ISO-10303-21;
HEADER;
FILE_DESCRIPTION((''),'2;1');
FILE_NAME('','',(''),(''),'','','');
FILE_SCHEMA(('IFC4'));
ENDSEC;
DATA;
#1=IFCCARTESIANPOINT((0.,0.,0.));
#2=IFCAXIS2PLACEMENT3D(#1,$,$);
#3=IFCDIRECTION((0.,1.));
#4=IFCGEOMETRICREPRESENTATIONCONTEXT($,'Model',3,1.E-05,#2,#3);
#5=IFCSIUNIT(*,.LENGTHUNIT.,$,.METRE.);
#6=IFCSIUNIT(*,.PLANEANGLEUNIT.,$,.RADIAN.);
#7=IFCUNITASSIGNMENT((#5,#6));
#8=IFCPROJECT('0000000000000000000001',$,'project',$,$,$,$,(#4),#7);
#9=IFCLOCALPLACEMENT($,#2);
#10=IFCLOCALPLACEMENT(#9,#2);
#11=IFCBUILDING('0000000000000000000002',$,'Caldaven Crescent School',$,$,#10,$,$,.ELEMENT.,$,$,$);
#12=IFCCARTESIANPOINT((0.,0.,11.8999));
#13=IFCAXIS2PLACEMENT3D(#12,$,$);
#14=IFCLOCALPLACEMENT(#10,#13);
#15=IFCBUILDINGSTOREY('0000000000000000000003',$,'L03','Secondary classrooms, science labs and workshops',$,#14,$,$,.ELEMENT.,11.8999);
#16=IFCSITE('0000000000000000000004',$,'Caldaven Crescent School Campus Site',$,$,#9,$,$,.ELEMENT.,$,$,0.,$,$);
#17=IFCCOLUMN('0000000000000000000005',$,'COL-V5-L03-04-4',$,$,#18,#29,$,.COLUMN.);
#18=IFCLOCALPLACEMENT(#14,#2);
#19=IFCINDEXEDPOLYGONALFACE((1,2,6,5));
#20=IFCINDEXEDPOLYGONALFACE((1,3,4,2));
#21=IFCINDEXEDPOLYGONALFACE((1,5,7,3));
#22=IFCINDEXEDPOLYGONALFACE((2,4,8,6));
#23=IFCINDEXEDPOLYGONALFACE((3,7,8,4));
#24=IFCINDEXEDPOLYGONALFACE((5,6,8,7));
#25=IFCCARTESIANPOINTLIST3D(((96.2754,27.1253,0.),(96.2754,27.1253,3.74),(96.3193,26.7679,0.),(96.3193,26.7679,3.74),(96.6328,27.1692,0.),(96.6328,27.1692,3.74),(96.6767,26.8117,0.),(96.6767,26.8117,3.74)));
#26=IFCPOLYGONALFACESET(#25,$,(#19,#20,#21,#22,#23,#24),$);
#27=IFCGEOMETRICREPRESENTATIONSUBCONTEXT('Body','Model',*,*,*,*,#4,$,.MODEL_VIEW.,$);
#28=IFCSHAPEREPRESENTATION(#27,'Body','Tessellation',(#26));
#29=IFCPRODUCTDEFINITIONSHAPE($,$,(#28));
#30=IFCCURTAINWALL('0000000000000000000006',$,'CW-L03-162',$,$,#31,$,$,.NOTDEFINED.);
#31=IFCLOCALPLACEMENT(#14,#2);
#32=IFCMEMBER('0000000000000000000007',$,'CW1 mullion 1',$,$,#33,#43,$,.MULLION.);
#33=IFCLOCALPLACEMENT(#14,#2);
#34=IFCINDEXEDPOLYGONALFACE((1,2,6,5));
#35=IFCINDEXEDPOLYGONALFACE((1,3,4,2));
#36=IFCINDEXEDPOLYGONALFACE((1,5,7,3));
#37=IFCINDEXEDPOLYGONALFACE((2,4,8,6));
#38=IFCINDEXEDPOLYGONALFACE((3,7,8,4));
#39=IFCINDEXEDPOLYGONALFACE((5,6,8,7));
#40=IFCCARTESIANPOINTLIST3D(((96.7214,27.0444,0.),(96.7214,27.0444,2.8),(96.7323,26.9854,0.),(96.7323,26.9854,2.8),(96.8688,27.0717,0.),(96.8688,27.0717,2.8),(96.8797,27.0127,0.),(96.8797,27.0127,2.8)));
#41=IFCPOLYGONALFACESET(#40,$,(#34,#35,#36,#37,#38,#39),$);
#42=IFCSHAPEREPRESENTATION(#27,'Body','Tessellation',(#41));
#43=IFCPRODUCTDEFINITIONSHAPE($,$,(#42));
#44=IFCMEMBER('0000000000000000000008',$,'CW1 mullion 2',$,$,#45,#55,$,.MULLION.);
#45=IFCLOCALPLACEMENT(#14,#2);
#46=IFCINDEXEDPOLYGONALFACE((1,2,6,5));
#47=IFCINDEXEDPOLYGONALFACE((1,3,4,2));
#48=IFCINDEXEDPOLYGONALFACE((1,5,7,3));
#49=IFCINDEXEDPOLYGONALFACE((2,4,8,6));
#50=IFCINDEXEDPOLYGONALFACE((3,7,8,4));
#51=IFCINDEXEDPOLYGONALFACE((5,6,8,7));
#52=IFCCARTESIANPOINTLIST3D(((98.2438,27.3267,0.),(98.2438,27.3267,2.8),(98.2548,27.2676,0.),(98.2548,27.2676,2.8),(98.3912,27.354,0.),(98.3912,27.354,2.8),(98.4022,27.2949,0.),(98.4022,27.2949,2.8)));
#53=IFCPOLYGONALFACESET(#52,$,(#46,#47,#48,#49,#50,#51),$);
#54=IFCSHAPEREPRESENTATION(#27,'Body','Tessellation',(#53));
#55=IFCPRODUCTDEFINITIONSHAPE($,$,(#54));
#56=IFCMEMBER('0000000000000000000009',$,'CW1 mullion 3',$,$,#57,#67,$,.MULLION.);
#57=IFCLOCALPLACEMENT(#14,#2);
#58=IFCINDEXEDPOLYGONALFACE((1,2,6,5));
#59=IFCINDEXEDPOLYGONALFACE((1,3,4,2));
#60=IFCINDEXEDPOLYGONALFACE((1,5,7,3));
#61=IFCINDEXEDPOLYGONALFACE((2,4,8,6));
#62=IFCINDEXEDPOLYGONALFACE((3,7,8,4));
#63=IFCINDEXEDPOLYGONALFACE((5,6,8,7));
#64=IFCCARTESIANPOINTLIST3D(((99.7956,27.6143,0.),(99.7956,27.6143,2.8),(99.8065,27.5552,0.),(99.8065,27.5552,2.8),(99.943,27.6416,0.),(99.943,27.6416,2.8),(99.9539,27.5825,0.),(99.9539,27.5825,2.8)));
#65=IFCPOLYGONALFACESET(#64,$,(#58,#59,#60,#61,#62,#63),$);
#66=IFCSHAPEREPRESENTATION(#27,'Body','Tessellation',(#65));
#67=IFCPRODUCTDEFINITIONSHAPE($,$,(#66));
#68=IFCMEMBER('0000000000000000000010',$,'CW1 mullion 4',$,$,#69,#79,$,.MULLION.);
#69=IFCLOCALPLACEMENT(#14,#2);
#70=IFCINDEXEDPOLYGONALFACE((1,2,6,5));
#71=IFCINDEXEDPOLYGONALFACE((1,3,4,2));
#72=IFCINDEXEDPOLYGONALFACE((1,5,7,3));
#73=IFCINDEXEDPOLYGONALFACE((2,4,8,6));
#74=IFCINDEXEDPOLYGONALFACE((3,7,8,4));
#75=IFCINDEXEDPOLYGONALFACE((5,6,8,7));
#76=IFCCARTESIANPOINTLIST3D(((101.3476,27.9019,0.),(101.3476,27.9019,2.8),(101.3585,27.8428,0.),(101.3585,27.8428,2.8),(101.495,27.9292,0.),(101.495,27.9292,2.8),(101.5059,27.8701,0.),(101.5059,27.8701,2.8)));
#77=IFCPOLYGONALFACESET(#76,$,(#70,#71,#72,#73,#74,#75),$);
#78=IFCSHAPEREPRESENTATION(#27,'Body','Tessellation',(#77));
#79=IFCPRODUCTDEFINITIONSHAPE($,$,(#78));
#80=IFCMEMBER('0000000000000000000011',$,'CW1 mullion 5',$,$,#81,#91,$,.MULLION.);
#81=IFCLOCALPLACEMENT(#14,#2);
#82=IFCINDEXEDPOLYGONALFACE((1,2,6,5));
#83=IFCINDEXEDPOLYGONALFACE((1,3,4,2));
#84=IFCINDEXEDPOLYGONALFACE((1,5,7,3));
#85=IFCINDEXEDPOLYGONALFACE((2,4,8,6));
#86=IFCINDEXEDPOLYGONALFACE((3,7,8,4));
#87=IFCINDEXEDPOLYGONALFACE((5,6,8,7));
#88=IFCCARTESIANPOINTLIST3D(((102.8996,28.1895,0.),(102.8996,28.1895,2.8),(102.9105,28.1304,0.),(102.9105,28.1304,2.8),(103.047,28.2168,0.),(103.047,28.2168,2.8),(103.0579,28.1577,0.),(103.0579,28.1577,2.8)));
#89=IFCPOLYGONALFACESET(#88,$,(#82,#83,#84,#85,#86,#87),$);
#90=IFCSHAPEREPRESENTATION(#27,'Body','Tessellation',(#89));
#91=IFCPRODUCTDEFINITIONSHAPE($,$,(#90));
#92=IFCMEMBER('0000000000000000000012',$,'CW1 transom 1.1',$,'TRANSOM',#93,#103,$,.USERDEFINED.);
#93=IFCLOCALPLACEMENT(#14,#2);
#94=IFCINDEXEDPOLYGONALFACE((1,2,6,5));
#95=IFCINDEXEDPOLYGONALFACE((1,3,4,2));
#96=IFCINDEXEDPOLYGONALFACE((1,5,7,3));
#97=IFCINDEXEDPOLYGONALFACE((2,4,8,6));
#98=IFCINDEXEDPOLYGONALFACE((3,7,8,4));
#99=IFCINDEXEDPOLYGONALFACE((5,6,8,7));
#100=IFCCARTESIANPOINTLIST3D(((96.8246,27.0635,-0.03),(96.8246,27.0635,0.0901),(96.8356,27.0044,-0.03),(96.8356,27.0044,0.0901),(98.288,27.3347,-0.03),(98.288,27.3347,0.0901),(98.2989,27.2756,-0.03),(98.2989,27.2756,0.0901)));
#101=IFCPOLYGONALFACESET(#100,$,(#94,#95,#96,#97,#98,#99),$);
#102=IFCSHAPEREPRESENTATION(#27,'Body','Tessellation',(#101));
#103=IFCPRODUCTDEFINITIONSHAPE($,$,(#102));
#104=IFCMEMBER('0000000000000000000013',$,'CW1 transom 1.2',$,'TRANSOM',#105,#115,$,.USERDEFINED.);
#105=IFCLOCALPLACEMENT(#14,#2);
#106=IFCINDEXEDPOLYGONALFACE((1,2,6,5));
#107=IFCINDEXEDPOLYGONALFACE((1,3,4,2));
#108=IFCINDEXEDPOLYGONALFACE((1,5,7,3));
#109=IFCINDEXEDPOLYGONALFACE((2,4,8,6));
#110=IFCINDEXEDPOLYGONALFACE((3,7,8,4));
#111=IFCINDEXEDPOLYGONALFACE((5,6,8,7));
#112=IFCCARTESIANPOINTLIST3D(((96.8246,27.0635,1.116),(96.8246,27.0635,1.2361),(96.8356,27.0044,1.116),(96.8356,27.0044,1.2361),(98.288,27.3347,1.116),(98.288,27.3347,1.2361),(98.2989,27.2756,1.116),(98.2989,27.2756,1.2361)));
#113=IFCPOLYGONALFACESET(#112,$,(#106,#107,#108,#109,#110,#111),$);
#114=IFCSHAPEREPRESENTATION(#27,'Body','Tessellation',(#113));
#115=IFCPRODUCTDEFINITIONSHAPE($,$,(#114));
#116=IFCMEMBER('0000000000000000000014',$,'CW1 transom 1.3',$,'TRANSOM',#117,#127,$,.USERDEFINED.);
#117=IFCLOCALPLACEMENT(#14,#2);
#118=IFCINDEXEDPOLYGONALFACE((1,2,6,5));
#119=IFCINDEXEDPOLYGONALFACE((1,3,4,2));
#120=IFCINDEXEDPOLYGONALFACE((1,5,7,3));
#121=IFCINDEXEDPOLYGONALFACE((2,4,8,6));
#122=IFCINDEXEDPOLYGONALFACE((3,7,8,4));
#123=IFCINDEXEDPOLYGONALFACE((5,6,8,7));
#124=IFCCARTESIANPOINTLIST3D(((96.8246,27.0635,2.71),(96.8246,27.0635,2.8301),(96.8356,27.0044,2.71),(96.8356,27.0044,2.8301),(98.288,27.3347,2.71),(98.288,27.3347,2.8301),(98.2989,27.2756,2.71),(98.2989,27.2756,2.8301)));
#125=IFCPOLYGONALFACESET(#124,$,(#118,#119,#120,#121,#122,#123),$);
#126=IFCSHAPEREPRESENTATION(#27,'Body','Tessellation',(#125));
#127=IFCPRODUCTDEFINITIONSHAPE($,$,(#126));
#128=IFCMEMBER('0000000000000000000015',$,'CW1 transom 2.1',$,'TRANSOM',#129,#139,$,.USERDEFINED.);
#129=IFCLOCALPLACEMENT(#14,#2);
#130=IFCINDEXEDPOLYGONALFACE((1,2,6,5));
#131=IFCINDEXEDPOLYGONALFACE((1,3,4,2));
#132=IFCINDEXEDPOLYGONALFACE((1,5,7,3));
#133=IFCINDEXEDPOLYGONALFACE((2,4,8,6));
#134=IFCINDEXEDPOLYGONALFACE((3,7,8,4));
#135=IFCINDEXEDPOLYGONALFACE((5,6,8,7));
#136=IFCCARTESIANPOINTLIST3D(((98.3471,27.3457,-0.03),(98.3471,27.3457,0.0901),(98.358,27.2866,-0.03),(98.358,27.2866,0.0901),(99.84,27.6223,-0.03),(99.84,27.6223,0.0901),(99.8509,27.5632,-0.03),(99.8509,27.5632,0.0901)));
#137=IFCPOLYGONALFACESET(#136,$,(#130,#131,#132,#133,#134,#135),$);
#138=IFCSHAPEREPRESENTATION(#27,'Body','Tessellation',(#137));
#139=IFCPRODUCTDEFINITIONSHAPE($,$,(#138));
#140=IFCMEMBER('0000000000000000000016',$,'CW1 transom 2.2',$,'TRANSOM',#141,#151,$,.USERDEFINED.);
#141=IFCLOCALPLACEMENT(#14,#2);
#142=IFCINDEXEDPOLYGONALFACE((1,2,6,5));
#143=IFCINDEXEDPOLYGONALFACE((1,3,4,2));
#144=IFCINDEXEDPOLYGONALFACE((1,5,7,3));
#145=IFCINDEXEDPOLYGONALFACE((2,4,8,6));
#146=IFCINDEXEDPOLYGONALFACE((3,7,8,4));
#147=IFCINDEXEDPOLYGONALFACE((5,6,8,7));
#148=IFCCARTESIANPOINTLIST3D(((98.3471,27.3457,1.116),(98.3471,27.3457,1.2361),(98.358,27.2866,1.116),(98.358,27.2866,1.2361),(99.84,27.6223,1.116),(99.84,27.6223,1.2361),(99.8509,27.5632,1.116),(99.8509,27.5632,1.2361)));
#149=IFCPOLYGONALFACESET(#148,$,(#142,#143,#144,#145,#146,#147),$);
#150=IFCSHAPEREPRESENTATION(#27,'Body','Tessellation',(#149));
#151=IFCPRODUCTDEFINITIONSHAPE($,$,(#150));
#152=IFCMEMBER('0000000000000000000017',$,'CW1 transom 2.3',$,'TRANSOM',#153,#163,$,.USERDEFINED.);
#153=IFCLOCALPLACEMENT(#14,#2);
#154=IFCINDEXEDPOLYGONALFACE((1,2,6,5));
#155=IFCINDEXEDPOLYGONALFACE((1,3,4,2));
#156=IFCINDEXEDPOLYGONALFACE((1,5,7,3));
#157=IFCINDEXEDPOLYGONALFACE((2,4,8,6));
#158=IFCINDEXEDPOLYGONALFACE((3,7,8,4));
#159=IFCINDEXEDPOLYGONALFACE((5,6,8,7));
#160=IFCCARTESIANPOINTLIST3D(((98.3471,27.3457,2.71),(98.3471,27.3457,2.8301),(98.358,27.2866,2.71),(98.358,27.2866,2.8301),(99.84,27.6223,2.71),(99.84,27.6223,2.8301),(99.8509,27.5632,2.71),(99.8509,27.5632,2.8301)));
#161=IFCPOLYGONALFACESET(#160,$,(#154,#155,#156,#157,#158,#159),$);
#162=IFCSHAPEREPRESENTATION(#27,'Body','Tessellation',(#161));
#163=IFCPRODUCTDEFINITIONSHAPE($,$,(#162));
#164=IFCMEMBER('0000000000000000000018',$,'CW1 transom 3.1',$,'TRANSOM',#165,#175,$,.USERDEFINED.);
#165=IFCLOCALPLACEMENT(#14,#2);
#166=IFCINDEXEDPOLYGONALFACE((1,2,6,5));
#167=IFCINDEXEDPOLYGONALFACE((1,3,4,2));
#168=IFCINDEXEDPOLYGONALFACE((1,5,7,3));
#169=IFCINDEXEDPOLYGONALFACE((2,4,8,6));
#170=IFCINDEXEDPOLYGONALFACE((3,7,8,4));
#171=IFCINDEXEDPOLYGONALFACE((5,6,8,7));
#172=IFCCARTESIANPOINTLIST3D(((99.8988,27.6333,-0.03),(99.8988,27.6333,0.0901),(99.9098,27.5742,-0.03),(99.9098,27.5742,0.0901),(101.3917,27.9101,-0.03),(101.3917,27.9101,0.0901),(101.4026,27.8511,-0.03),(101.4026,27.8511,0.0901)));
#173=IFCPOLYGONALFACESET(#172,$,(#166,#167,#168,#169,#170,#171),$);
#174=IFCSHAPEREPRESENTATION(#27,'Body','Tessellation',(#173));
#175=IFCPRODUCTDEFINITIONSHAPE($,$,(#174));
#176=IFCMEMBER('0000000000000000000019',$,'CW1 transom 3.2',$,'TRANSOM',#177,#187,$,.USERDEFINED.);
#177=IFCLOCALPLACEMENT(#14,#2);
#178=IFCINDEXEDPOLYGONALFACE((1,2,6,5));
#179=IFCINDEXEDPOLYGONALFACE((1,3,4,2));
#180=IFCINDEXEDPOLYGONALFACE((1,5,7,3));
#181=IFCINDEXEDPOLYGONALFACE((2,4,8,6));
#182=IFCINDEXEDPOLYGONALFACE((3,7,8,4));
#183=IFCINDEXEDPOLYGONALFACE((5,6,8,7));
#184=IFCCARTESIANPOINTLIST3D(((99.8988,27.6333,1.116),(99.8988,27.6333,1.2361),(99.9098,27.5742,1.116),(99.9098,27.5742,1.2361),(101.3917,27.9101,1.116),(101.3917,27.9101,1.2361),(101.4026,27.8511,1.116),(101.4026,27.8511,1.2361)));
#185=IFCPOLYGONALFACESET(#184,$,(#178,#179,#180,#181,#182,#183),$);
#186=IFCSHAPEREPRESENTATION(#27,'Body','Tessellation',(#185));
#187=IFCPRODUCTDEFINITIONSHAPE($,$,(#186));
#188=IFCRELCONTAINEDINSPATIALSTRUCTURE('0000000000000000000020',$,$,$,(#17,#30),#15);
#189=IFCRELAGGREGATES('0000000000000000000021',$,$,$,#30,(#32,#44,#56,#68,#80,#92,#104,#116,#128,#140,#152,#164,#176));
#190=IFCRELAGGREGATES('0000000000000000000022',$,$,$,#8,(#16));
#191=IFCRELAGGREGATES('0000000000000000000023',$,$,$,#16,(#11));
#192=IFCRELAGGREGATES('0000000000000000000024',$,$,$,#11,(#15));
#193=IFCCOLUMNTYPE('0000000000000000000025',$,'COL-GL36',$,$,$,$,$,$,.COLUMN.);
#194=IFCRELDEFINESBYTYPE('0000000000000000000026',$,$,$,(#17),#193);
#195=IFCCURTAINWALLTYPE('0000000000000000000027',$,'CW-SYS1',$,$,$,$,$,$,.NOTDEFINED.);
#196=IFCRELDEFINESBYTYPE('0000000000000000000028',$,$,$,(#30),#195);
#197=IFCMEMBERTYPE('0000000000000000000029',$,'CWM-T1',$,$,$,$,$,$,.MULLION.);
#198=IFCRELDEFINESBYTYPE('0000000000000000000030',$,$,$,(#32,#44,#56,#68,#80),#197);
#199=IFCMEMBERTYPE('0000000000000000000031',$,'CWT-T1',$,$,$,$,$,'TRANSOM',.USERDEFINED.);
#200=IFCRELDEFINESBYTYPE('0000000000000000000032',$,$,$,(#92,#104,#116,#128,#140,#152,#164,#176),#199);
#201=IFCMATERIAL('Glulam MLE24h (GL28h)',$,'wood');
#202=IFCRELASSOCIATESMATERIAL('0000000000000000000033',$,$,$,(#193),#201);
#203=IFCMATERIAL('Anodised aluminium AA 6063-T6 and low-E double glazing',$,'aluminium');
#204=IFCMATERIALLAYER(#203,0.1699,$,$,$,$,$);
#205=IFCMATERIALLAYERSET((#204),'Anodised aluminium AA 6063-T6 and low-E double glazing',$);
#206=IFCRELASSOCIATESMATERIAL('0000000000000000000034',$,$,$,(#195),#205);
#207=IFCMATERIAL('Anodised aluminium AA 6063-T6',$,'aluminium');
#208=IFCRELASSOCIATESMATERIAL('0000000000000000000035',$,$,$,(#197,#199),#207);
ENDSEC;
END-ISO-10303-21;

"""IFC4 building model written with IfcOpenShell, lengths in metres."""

from ifc_helpers import new_model, si_unit, direction, frame, origin, origin_2d, place, context, subcontext, project, spatial, rectangle, extrude, material, layer, layer_set, material_profile, profile_set, type_object, element, aggregate, save


model = new_model("IFC4")

# Units and contexts
model_context = context("Model", 3, precision=1e-05, world=origin(), true_north=direction((0.0, 1.0)))
body_context = subcontext(model_context, "Body", "Model", "MODEL_VIEW")
ifc_project = project(units=[si_unit("LENGTHUNIT", "METRE"), si_unit("PLANEANGLEUNIT", "RADIAN")], contexts=[model_context])

# Site, building, storey
site_placement = place(None, origin())
site = spatial("IfcSite", under=ifc_project, at=site_placement, Name="Caldaven Crescent School Campus Site", CompositionType="ELEMENT", RefElevation=0.0)
building_placement = place(site_placement, origin())
building = spatial("IfcBuilding", under=site, at=building_placement, Name="Caldaven Crescent School", CompositionType="ELEMENT")
storey_placement = place(building_placement, frame((0.0, 0.0, 11.8999)))
storey = spatial("IfcBuildingStorey", under=building, at=storey_placement, Name="L03", Description="Secondary classrooms, science labs and workshops", CompositionType="ELEMENT", Elevation=11.8999)

# Column
ifc_material_1 = material(Name="Glulam MLE24h (GL28h)", Category="wood")
ifc_material_profile_1 = material_profile(ifc_material_1, rectangle(XDim=0.3601, YDim=0.3601, at=origin_2d()), Name="MLE 360x360")
ifc_profile_set_1 = profile_set([ifc_material_profile_1], Name="Glulam MLE24h (GL28h)")
column_type = type_object("IfcColumnType", Name="COL-GL36", PredefinedType="COLUMN", material=ifc_profile_set_1)
column_placement = place(storey_placement, frame((96.4761, 26.9685, 0.0), z_axis=(0.0, 0.0, 1.0), x_axis=(0.121869, -0.992546, 0.0)))
element("IfcColumn", 1, at=column_placement, inside=storey, type_object=column_type, Name="COL-V5-L03-04-4", PredefinedType="COLUMN", context=body_context, shape_type="SweptSolid", body=[
    extrude(rectangle(XDim=0.3601, YDim=0.3601, at=origin_2d()), origin(), (0.0, 0.0, 1.0), 3.74),
])

# Curtain wall, members
ifc_material_2 = material(Name="Anodised aluminium AA 6063-T6 and low-E double glazing", Category="aluminium")
ifc_layer_1 = layer(ifc_material_2, 0.1699)
ifc_layer_set_1 = layer_set([ifc_layer_1], Name="Anodised aluminium AA 6063-T6 and low-E double glazing")
curtain_wall_type = type_object("IfcCurtainWallType", Name="CW-SYS1", PredefinedType="NOTDEFINED", material=ifc_layer_set_1)
curtain_wall_placement = place(storey_placement, origin())
curtain_wall = element("IfcCurtainWall", 2, at=curtain_wall_placement, inside=storey, type_object=curtain_wall_type, Name="CW-L03-162", PredefinedType="NOTDEFINED")
ifc_material_3 = material(Name="Anodised aluminium AA 6063-T6", Category="aluminium")
ifc_material_profile_2 = material_profile(ifc_material_3, rectangle(XDim=0.0601, YDim=0.1499, at=origin_2d()), Name="CWM 60x150")
ifc_profile_set_2 = profile_set([ifc_material_profile_2], Name="Anodised aluminium AA 6063-T6")
member_type_1 = type_object("IfcMemberType", Name="CWM-T1", PredefinedType="MULLION", material=ifc_profile_set_2)
member_1_placement = place(storey_placement, frame((96.8005, 27.0286, 0.0), z_axis=(0.0, 0.0, 1.0), x_axis=(-0.182235, 0.983255, 0.0)))
member_1 = element("IfcMember", 3, at=member_1_placement, type_object=member_type_1, Name="CW1 mullion 1", PredefinedType="MULLION", context=body_context, shape_type="SweptSolid", body=[
    extrude(rectangle(XDim=0.0601, YDim=0.1499, at=origin_2d()), origin(), (0.0, 0.0, 1.0), 2.8),
])
member_2_placement = place(storey_placement, frame((98.323, 27.3108, 0.0), z_axis=(0.0, 0.0, 1.0), x_axis=(-0.182235, 0.983255, 0.0)))
member_2 = element("IfcMember", 4, at=member_2_placement, type_object=member_type_1, Name="CW1 mullion 2", PredefinedType="MULLION", context=body_context, shape_type="SweptSolid", body=[
    extrude(rectangle(XDim=0.0601, YDim=0.1499, at=origin_2d()), origin(), (0.0, 0.0, 1.0), 2.8),
])
member_3_placement = place(storey_placement, frame((99.8748, 27.5984, 0.0), z_axis=(0.0, 0.0, 1.0), x_axis=(-0.182235, 0.983255, 0.0)))
member_3 = element("IfcMember", 5, at=member_3_placement, type_object=member_type_1, Name="CW1 mullion 3", PredefinedType="MULLION", context=body_context, shape_type="SweptSolid", body=[
    extrude(rectangle(XDim=0.0601, YDim=0.1499, at=origin_2d()), origin(), (0.0, 0.0, 1.0), 2.8),
])
member_4_placement = place(storey_placement, frame((101.4268, 27.886, 0.0), z_axis=(0.0, 0.0, 1.0), x_axis=(-0.182235, 0.983255, 0.0)))
member_4 = element("IfcMember", 6, at=member_4_placement, type_object=member_type_1, Name="CW1 mullion 4", PredefinedType="MULLION", context=body_context, shape_type="SweptSolid", body=[
    extrude(rectangle(XDim=0.0601, YDim=0.1499, at=origin_2d()), origin(), (0.0, 0.0, 1.0), 2.8),
])
member_5_placement = place(storey_placement, frame((102.9788, 28.1736, 0.0), z_axis=(0.0, 0.0, 1.0), x_axis=(-0.182235, 0.983255, 0.0)))
member_5 = element("IfcMember", 7, at=member_5_placement, type_object=member_type_1, Name="CW1 mullion 5", PredefinedType="MULLION", context=body_context, shape_type="SweptSolid", body=[
    extrude(rectangle(XDim=0.0601, YDim=0.1499, at=origin_2d()), origin(), (0.0, 0.0, 1.0), 2.8),
])
ifc_material_profile_3 = material_profile(ifc_material_3, rectangle(XDim=0.0601, YDim=0.1201, at=origin_2d()), Name="CWT 60x120")
ifc_profile_set_3 = profile_set([ifc_material_profile_3], Name="Anodised aluminium AA 6063-T6")
member_type_2 = type_object("IfcMemberType", Name="CWT-T1", ElementType="TRANSOM", PredefinedType="USERDEFINED", material=ifc_profile_set_3)
member_6_placement = place(storey_placement, frame((96.8301, 27.0339, 0.03), z_axis=(0.983253, 0.182248, 0.0), x_axis=(-0.182248, 0.983253, 0.0)))
member_6 = element("IfcMember", 8, at=member_6_placement, type_object=member_type_2, Name="CW1 transom 1.1", ObjectType="TRANSOM", PredefinedType="USERDEFINED", context=body_context, shape_type="SweptSolid", body=[
    extrude(rectangle(XDim=0.0601, YDim=0.1201, at=origin_2d()), origin(), (0.0, 0.0, 1.0), 1.4883),
])
member_7_placement = place(storey_placement, frame((96.8301, 27.0339, 1.176), z_axis=(0.983253, 0.182248, 0.0), x_axis=(-0.182248, 0.983253, 0.0)))
member_7 = element("IfcMember", 9, at=member_7_placement, type_object=member_type_2, Name="CW1 transom 1.2", ObjectType="TRANSOM", PredefinedType="USERDEFINED", context=body_context, shape_type="SweptSolid", body=[
    extrude(rectangle(XDim=0.0601, YDim=0.1201, at=origin_2d()), origin(), (0.0, 0.0, 1.0), 1.4883),
])
member_8_placement = place(storey_placement, frame((96.8301, 27.0339, 2.77), z_axis=(0.983253, 0.182248, 0.0), x_axis=(-0.182248, 0.983253, 0.0)))
member_8 = element("IfcMember", 10, at=member_8_placement, type_object=member_type_2, Name="CW1 transom 1.3", ObjectType="TRANSOM", PredefinedType="USERDEFINED", context=body_context, shape_type="SweptSolid", body=[
    extrude(rectangle(XDim=0.0601, YDim=0.1201, at=origin_2d()), origin(), (0.0, 0.0, 1.0), 1.4883),
])
member_9_placement = place(storey_placement, frame((98.3525, 27.3162, 0.03), z_axis=(0.983265, 0.182181, 0.0), x_axis=(-0.182181, 0.983265, 0.0)))
member_9 = element("IfcMember", 11, at=member_9_placement, type_object=member_type_2, Name="CW1 transom 2.1", ObjectType="TRANSOM", PredefinedType="USERDEFINED", context=body_context, shape_type="SweptSolid", body=[
    extrude(rectangle(XDim=0.0601, YDim=0.1201, at=origin_2d()), origin(), (0.0, 0.0, 1.0), 1.5183),
])
member_10_placement = place(storey_placement, frame((98.3525, 27.3162, 1.176), z_axis=(0.983265, 0.182181, 0.0), x_axis=(-0.182181, 0.983265, 0.0)))
member_10 = element("IfcMember", 12, at=member_10_placement, type_object=member_type_2, Name="CW1 transom 2.2", ObjectType="TRANSOM", PredefinedType="USERDEFINED", context=body_context, shape_type="SweptSolid", body=[
    extrude(rectangle(XDim=0.0601, YDim=0.1201, at=origin_2d()), origin(), (0.0, 0.0, 1.0), 1.5183),
])
member_11_placement = place(storey_placement, frame((98.3525, 27.3162, 2.77), z_axis=(0.983265, 0.182181, 0.0), x_axis=(-0.182181, 0.983265, 0.0)))
member_11 = element("IfcMember", 13, at=member_11_placement, type_object=member_type_2, Name="CW1 transom 2.3", ObjectType="TRANSOM", PredefinedType="USERDEFINED", context=body_context, shape_type="SweptSolid", body=[
    extrude(rectangle(XDim=0.0601, YDim=0.1201, at=origin_2d()), origin(), (0.0, 0.0, 1.0), 1.5183),
])
member_12_placement = place(storey_placement, frame((99.9043, 27.6038, 0.03), z_axis=(0.983236, 0.182337, 0.0), x_axis=(-0.182337, 0.983236, 0.0)))
member_12 = element("IfcMember", 14, at=member_12_placement, type_object=member_type_2, Name="CW1 transom 3.1", ObjectType="TRANSOM", PredefinedType="USERDEFINED", context=body_context, shape_type="SweptSolid", body=[
    extrude(rectangle(XDim=0.0601, YDim=0.1201, at=origin_2d()), origin(), (0.0, 0.0, 1.0), 1.5183),
])
member_13_placement = place(storey_placement, frame((99.9043, 27.6038, 1.176), z_axis=(0.983236, 0.182337, 0.0), x_axis=(-0.182337, 0.983236, 0.0)))
member_13 = element("IfcMember", 15, at=member_13_placement, type_object=member_type_2, Name="CW1 transom 3.2", ObjectType="TRANSOM", PredefinedType="USERDEFINED", context=body_context, shape_type="SweptSolid", body=[
    extrude(rectangle(XDim=0.0601, YDim=0.1201, at=origin_2d()), origin(), (0.0, 0.0, 1.0), 1.5183),
])

aggregate(curtain_wall, [member_1, member_2, member_3, member_4, member_5, member_6, member_7, member_8, member_9, member_10, member_11, member_12, member_13])

save(model, "model.ifc")
